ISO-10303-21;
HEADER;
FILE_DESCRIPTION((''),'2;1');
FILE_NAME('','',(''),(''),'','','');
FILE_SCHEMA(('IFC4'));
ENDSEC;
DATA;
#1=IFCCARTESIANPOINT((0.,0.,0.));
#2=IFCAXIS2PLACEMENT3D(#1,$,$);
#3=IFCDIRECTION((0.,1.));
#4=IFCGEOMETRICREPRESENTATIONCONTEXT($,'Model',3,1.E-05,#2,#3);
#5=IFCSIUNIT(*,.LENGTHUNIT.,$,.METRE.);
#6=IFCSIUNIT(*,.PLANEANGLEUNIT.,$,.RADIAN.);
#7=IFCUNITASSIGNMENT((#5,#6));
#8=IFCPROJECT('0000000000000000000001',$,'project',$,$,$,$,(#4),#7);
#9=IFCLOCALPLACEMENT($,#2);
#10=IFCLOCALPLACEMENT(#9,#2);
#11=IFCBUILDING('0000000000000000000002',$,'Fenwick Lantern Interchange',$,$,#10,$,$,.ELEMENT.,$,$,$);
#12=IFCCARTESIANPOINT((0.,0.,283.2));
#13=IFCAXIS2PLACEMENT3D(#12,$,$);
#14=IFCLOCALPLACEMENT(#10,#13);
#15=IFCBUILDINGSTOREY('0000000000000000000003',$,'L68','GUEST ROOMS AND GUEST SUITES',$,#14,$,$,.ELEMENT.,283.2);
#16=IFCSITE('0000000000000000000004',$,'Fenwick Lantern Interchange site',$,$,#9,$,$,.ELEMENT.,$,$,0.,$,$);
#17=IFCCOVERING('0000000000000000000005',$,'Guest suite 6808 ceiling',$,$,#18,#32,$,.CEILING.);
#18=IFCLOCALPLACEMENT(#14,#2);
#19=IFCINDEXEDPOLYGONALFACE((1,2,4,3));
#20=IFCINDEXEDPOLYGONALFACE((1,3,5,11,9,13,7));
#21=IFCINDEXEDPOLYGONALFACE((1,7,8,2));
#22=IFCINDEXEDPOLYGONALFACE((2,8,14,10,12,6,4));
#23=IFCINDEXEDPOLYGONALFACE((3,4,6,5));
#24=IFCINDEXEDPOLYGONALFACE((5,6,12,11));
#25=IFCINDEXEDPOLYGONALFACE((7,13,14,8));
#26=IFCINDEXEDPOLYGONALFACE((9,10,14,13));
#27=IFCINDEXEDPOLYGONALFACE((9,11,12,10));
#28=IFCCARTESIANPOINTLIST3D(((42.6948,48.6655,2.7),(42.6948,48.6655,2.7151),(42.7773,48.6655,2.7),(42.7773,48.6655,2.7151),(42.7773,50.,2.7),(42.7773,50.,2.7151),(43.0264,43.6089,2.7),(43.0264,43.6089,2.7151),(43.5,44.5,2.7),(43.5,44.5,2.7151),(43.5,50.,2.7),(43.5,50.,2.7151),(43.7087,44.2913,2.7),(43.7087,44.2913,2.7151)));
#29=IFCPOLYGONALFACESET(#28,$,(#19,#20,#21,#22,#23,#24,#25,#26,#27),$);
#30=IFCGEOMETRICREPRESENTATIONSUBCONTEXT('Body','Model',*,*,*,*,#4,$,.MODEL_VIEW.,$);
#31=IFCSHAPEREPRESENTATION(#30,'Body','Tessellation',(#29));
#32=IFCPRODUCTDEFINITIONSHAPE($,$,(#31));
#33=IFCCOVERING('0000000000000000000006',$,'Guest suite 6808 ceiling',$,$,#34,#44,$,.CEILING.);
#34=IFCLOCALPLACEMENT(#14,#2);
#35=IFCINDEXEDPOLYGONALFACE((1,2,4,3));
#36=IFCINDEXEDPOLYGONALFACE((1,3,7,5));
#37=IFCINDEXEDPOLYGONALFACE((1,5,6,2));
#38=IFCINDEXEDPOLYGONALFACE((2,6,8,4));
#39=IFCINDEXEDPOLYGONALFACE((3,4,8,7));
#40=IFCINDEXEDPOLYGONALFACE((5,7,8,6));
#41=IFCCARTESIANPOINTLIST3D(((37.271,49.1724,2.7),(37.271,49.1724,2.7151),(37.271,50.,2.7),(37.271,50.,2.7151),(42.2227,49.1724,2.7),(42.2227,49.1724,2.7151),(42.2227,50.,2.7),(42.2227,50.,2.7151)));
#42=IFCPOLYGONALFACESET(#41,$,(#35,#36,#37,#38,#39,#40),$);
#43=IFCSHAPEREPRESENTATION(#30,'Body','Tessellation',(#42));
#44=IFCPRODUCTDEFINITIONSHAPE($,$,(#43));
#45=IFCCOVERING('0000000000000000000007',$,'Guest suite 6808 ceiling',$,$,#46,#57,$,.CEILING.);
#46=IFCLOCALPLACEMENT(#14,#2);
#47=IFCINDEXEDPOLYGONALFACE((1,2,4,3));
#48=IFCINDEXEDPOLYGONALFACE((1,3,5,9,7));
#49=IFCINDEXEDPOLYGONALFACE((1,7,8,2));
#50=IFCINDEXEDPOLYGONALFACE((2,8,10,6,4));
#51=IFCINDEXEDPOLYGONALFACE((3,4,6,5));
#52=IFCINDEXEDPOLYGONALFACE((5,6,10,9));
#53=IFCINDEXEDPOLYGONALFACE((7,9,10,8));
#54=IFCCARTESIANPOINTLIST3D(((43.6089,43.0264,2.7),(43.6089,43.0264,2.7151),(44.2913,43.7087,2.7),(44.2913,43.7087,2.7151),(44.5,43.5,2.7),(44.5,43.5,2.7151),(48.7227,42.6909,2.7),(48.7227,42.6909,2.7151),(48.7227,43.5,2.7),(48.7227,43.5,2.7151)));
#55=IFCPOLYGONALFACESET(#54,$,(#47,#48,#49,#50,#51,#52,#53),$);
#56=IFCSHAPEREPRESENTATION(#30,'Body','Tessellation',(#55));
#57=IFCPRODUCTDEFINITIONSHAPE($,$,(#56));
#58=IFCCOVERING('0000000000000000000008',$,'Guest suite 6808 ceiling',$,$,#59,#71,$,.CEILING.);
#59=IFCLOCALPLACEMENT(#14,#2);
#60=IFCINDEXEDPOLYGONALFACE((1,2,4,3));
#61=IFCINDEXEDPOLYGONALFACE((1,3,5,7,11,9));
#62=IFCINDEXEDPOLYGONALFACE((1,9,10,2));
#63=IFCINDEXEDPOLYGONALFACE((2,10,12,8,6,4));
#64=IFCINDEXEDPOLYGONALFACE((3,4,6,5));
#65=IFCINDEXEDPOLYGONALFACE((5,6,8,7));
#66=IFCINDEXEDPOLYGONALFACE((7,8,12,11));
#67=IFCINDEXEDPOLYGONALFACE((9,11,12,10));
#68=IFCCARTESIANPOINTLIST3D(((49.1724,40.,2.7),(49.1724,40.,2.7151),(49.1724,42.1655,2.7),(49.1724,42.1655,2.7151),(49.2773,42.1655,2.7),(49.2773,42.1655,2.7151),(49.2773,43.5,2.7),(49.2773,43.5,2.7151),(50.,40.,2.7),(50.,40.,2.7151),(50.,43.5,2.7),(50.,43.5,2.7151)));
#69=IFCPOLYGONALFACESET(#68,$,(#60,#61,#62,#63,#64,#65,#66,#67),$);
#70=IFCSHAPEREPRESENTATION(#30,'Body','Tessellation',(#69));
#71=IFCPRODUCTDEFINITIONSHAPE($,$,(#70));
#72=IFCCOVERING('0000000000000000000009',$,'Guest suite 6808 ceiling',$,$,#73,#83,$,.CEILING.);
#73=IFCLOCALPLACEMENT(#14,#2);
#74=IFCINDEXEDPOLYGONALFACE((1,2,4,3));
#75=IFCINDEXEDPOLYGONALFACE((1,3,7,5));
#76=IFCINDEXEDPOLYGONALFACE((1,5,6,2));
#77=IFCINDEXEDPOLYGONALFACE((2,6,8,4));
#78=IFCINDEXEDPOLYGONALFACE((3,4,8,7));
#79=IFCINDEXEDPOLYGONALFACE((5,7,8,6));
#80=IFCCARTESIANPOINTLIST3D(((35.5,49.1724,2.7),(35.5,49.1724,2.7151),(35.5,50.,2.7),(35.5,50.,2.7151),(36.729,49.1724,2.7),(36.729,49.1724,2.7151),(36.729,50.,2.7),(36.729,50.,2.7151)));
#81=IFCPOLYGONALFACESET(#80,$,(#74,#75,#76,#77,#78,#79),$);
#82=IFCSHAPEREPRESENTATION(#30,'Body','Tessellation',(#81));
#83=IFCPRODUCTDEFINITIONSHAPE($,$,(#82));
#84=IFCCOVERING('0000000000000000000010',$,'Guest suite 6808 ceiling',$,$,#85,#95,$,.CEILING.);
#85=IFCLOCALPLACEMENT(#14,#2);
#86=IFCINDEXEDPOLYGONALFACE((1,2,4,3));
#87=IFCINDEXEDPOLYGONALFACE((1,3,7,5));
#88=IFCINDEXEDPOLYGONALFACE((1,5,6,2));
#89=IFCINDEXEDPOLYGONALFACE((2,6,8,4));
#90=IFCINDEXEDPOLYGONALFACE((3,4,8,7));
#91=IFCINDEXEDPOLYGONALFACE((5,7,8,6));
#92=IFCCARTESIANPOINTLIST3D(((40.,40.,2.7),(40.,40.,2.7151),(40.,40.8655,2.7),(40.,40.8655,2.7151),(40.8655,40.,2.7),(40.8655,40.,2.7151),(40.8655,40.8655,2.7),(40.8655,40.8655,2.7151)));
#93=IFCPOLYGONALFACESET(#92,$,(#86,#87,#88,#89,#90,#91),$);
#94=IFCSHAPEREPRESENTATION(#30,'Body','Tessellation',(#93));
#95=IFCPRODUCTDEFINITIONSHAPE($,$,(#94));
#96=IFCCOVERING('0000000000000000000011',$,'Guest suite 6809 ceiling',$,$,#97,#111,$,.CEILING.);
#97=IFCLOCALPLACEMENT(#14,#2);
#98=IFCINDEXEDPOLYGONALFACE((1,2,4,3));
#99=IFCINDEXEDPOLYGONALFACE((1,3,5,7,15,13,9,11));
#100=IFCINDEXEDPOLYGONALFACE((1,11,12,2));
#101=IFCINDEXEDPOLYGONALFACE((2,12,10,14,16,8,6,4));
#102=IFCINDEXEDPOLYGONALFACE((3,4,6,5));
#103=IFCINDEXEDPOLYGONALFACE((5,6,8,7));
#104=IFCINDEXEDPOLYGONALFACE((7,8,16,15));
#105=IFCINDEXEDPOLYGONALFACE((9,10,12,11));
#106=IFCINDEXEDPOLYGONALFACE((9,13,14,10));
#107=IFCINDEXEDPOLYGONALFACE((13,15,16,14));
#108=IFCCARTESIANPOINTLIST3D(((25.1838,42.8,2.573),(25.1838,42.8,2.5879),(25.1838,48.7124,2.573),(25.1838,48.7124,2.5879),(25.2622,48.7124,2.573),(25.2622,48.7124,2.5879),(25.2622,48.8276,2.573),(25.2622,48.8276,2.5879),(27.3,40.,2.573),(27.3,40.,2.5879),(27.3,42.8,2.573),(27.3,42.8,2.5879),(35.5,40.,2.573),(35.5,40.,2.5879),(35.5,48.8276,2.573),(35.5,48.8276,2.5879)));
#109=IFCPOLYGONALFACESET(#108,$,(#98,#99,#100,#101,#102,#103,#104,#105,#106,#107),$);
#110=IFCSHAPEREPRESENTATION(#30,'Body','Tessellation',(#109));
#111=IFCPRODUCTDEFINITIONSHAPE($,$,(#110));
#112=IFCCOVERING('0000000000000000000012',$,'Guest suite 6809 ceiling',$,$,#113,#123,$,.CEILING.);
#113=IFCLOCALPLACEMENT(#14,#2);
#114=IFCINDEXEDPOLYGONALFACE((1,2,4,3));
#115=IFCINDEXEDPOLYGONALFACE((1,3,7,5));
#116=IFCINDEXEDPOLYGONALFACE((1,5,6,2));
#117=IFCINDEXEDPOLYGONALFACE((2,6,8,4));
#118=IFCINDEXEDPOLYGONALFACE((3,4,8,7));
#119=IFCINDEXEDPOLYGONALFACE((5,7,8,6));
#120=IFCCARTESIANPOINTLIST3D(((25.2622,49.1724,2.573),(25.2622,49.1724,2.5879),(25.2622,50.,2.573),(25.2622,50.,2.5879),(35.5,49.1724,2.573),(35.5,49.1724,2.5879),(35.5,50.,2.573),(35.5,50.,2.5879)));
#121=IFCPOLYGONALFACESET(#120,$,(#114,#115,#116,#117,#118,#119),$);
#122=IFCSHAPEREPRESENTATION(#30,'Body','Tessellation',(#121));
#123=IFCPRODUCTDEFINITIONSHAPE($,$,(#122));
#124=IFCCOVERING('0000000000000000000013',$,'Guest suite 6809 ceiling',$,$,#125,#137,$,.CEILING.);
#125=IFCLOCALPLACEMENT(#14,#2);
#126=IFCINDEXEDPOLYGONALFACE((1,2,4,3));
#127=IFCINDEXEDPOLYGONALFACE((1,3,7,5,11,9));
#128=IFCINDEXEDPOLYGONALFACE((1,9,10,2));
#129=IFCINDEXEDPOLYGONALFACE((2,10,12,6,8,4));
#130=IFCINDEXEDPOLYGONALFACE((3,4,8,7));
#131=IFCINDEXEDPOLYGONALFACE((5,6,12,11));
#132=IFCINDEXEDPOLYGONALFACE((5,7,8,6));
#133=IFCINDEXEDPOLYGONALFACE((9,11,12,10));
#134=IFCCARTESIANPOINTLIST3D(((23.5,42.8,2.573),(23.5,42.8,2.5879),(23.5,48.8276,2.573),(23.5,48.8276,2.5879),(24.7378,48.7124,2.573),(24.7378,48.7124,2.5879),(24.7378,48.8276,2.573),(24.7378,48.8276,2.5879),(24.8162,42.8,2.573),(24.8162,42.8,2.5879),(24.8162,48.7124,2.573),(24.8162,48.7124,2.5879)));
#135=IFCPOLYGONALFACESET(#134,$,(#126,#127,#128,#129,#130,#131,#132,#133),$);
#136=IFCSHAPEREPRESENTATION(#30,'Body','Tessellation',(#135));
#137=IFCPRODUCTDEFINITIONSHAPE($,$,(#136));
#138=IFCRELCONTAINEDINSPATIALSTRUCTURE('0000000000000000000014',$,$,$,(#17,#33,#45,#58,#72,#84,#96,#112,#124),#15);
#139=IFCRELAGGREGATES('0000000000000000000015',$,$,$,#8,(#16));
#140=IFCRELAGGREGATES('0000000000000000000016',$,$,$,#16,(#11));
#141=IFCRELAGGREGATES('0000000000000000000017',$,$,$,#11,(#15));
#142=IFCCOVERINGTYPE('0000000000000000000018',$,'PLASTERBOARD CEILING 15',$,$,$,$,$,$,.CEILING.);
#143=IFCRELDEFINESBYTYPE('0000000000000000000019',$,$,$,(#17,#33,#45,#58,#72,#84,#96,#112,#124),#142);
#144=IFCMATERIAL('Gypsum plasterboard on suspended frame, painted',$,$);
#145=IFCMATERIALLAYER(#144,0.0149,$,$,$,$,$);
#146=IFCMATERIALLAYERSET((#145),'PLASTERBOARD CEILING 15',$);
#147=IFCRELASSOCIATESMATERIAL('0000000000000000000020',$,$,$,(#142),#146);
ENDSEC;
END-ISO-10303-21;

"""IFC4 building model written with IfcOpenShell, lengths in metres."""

from ifc_helpers import new_model, si_unit, direction, frame, origin, place, context, subcontext, project, spatial, polyline, outline, extrude, material, layer, layer_set, type_object, element, save


model = new_model("IFC4")

# Units and contexts
model_context = context("Model", 3, precision=1e-05, world=origin(), true_north=direction((0.0, 1.0)))
body_context = subcontext(model_context, "Body", "Model", "MODEL_VIEW")
ifc_project = project(units=[si_unit("LENGTHUNIT", "METRE"), si_unit("PLANEANGLEUNIT", "RADIAN")], contexts=[model_context])

# Site, building, storey
site_placement = place(None, origin())
site = spatial("IfcSite", under=ifc_project, at=site_placement, Name="Fenwick Lantern Interchange site", CompositionType="ELEMENT", RefElevation=0.0)
building_placement = place(site_placement, origin())
building = spatial("IfcBuilding", under=site, at=building_placement, Name="Fenwick Lantern Interchange", CompositionType="ELEMENT")
storey_placement = place(building_placement, frame((0.0, 0.0, 283.2)))
storey = spatial("IfcBuildingStorey", under=building, at=storey_placement, Name="L68", Description="GUEST ROOMS AND GUEST SUITES", CompositionType="ELEMENT", Elevation=283.2)

# Coverings
ifc_material_1 = material(Name="Gypsum plasterboard on suspended frame, painted")
ifc_layer_1 = layer(ifc_material_1, 0.0149)
ifc_layer_set_1 = layer_set([ifc_layer_1], Name="PLASTERBOARD CEILING 15")
covering_type_1 = type_object("IfcCoveringType", Name="PLASTERBOARD CEILING 15", PredefinedType="CEILING", material=ifc_layer_set_1)
covering_1_placement = place(storey_placement, frame((0.0, 0.0, 2.7)))
element("IfcCovering", 1, at=covering_1_placement, inside=storey, type_object=covering_type_1, Name="Guest suite 6808 ceiling", PredefinedType="CEILING", context=body_context, shape_type="SweptSolid", body=[
    extrude(outline(polyline([(42.7773, 48.6655), (42.6948, 48.6655), (43.0264, 43.6089), (43.7087, 44.2913), (43.5, 44.5), (43.5, 50.0), (42.7773, 50.0), (42.7773, 48.6655)])), origin(), (0.0, 0.0, 1.0), 0.0151),
])
covering_2_placement = place(storey_placement, frame((0.0, 0.0, 2.7)))
element("IfcCovering", 2, at=covering_2_placement, inside=storey, type_object=covering_type_1, Name="Guest suite 6808 ceiling", PredefinedType="CEILING", context=body_context, shape_type="SweptSolid", body=[
    extrude(outline(polyline([(37.271, 50.0), (37.271, 49.1724), (42.2227, 49.1724), (42.2227, 50.0), (37.271, 50.0)])), origin(), (0.0, 0.0, 1.0), 0.0151),
])
covering_3_placement = place(storey_placement, frame((0.0, 0.0, 2.7)))
element("IfcCovering", 3, at=covering_3_placement, inside=storey, type_object=covering_type_1, Name="Guest suite 6808 ceiling", PredefinedType="CEILING", context=body_context, shape_type="SweptSolid", body=[
    extrude(outline(polyline([(44.2913, 43.7087), (43.6089, 43.0264), (48.7227, 42.6909), (48.7227, 43.5), (44.5, 43.5), (44.2913, 43.7087)])), origin(), (0.0, 0.0, 1.0), 0.0151),
])
covering_4_placement = place(storey_placement, frame((0.0, 0.0, 2.7)))
element("IfcCovering", 4, at=covering_4_placement, inside=storey, type_object=covering_type_1, Name="Guest suite 6808 ceiling", PredefinedType="CEILING", context=body_context, shape_type="SweptSolid", body=[
    extrude(outline(polyline([(49.2773, 43.5), (49.2773, 42.1655), (49.1724, 42.1655), (49.1724, 40.0), (50.0, 40.0), (50.0, 43.5), (49.2773, 43.5)])), origin(), (0.0, 0.0, 1.0), 0.0151),
])
covering_5_placement = place(storey_placement, frame((0.0, 0.0, 2.7)))
element("IfcCovering", 5, at=covering_5_placement, inside=storey, type_object=covering_type_1, Name="Guest suite 6808 ceiling", PredefinedType="CEILING", context=body_context, shape_type="SweptSolid", body=[
    extrude(outline(polyline([(35.5, 50.0), (35.5, 49.1724), (36.729, 49.1724), (36.729, 50.0), (35.5, 50.0)])), origin(), (0.0, 0.0, 1.0), 0.0151),
])
covering_6_placement = place(storey_placement, frame((0.0, 0.0, 2.7)))
element("IfcCovering", 6, at=covering_6_placement, inside=storey, type_object=covering_type_1, Name="Guest suite 6808 ceiling", PredefinedType="CEILING", context=body_context, shape_type="SweptSolid", body=[
    extrude(outline(polyline([(40.0, 40.0), (40.8655, 40.0), (40.8655, 40.8655), (40.0, 40.8655), (40.0, 40.0)])), origin(), (0.0, 0.0, 1.0), 0.0151),
])
covering_7_placement = place(storey_placement, frame((0.0, 0.0, 2.573)))
element("IfcCovering", 7, at=covering_7_placement, inside=storey, type_object=covering_type_1, Name="Guest suite 6809 ceiling", PredefinedType="CEILING", context=body_context, shape_type="SweptSolid", body=[
    extrude(outline(polyline([(25.2622, 48.7124), (25.1838, 48.7124), (25.1838, 42.8), (27.3, 42.8), (27.3, 40.0), (35.5, 40.0), (35.5, 48.8276), (25.2622, 48.8276), (25.2622, 48.7124)])), origin(), (0.0, 0.0, 1.0), 0.0149),
])
covering_8_placement = place(storey_placement, frame((0.0, 0.0, 2.573)))
element("IfcCovering", 8, at=covering_8_placement, inside=storey, type_object=covering_type_1, Name="Guest suite 6809 ceiling", PredefinedType="CEILING", context=body_context, shape_type="SweptSolid", body=[
    extrude(outline(polyline([(25.2622, 50.0), (25.2622, 49.1724), (35.5, 49.1724), (35.5, 50.0), (25.2622, 50.0)])), origin(), (0.0, 0.0, 1.0), 0.0149),
])
covering_9_placement = place(storey_placement, frame((0.0, 0.0, 2.573)))
element("IfcCovering", 9, at=covering_9_placement, inside=storey, type_object=covering_type_1, Name="Guest suite 6809 ceiling", PredefinedType="CEILING", context=body_context, shape_type="SweptSolid", body=[
    extrude(outline(polyline([(24.7378, 48.7124), (24.7378, 48.8276), (23.5, 48.8276), (23.5, 42.8), (24.8162, 42.8), (24.8162, 48.7124), (24.7378, 48.7124)])), origin(), (0.0, 0.0, 1.0), 0.0149),
])

save(model, "model.ifc")
